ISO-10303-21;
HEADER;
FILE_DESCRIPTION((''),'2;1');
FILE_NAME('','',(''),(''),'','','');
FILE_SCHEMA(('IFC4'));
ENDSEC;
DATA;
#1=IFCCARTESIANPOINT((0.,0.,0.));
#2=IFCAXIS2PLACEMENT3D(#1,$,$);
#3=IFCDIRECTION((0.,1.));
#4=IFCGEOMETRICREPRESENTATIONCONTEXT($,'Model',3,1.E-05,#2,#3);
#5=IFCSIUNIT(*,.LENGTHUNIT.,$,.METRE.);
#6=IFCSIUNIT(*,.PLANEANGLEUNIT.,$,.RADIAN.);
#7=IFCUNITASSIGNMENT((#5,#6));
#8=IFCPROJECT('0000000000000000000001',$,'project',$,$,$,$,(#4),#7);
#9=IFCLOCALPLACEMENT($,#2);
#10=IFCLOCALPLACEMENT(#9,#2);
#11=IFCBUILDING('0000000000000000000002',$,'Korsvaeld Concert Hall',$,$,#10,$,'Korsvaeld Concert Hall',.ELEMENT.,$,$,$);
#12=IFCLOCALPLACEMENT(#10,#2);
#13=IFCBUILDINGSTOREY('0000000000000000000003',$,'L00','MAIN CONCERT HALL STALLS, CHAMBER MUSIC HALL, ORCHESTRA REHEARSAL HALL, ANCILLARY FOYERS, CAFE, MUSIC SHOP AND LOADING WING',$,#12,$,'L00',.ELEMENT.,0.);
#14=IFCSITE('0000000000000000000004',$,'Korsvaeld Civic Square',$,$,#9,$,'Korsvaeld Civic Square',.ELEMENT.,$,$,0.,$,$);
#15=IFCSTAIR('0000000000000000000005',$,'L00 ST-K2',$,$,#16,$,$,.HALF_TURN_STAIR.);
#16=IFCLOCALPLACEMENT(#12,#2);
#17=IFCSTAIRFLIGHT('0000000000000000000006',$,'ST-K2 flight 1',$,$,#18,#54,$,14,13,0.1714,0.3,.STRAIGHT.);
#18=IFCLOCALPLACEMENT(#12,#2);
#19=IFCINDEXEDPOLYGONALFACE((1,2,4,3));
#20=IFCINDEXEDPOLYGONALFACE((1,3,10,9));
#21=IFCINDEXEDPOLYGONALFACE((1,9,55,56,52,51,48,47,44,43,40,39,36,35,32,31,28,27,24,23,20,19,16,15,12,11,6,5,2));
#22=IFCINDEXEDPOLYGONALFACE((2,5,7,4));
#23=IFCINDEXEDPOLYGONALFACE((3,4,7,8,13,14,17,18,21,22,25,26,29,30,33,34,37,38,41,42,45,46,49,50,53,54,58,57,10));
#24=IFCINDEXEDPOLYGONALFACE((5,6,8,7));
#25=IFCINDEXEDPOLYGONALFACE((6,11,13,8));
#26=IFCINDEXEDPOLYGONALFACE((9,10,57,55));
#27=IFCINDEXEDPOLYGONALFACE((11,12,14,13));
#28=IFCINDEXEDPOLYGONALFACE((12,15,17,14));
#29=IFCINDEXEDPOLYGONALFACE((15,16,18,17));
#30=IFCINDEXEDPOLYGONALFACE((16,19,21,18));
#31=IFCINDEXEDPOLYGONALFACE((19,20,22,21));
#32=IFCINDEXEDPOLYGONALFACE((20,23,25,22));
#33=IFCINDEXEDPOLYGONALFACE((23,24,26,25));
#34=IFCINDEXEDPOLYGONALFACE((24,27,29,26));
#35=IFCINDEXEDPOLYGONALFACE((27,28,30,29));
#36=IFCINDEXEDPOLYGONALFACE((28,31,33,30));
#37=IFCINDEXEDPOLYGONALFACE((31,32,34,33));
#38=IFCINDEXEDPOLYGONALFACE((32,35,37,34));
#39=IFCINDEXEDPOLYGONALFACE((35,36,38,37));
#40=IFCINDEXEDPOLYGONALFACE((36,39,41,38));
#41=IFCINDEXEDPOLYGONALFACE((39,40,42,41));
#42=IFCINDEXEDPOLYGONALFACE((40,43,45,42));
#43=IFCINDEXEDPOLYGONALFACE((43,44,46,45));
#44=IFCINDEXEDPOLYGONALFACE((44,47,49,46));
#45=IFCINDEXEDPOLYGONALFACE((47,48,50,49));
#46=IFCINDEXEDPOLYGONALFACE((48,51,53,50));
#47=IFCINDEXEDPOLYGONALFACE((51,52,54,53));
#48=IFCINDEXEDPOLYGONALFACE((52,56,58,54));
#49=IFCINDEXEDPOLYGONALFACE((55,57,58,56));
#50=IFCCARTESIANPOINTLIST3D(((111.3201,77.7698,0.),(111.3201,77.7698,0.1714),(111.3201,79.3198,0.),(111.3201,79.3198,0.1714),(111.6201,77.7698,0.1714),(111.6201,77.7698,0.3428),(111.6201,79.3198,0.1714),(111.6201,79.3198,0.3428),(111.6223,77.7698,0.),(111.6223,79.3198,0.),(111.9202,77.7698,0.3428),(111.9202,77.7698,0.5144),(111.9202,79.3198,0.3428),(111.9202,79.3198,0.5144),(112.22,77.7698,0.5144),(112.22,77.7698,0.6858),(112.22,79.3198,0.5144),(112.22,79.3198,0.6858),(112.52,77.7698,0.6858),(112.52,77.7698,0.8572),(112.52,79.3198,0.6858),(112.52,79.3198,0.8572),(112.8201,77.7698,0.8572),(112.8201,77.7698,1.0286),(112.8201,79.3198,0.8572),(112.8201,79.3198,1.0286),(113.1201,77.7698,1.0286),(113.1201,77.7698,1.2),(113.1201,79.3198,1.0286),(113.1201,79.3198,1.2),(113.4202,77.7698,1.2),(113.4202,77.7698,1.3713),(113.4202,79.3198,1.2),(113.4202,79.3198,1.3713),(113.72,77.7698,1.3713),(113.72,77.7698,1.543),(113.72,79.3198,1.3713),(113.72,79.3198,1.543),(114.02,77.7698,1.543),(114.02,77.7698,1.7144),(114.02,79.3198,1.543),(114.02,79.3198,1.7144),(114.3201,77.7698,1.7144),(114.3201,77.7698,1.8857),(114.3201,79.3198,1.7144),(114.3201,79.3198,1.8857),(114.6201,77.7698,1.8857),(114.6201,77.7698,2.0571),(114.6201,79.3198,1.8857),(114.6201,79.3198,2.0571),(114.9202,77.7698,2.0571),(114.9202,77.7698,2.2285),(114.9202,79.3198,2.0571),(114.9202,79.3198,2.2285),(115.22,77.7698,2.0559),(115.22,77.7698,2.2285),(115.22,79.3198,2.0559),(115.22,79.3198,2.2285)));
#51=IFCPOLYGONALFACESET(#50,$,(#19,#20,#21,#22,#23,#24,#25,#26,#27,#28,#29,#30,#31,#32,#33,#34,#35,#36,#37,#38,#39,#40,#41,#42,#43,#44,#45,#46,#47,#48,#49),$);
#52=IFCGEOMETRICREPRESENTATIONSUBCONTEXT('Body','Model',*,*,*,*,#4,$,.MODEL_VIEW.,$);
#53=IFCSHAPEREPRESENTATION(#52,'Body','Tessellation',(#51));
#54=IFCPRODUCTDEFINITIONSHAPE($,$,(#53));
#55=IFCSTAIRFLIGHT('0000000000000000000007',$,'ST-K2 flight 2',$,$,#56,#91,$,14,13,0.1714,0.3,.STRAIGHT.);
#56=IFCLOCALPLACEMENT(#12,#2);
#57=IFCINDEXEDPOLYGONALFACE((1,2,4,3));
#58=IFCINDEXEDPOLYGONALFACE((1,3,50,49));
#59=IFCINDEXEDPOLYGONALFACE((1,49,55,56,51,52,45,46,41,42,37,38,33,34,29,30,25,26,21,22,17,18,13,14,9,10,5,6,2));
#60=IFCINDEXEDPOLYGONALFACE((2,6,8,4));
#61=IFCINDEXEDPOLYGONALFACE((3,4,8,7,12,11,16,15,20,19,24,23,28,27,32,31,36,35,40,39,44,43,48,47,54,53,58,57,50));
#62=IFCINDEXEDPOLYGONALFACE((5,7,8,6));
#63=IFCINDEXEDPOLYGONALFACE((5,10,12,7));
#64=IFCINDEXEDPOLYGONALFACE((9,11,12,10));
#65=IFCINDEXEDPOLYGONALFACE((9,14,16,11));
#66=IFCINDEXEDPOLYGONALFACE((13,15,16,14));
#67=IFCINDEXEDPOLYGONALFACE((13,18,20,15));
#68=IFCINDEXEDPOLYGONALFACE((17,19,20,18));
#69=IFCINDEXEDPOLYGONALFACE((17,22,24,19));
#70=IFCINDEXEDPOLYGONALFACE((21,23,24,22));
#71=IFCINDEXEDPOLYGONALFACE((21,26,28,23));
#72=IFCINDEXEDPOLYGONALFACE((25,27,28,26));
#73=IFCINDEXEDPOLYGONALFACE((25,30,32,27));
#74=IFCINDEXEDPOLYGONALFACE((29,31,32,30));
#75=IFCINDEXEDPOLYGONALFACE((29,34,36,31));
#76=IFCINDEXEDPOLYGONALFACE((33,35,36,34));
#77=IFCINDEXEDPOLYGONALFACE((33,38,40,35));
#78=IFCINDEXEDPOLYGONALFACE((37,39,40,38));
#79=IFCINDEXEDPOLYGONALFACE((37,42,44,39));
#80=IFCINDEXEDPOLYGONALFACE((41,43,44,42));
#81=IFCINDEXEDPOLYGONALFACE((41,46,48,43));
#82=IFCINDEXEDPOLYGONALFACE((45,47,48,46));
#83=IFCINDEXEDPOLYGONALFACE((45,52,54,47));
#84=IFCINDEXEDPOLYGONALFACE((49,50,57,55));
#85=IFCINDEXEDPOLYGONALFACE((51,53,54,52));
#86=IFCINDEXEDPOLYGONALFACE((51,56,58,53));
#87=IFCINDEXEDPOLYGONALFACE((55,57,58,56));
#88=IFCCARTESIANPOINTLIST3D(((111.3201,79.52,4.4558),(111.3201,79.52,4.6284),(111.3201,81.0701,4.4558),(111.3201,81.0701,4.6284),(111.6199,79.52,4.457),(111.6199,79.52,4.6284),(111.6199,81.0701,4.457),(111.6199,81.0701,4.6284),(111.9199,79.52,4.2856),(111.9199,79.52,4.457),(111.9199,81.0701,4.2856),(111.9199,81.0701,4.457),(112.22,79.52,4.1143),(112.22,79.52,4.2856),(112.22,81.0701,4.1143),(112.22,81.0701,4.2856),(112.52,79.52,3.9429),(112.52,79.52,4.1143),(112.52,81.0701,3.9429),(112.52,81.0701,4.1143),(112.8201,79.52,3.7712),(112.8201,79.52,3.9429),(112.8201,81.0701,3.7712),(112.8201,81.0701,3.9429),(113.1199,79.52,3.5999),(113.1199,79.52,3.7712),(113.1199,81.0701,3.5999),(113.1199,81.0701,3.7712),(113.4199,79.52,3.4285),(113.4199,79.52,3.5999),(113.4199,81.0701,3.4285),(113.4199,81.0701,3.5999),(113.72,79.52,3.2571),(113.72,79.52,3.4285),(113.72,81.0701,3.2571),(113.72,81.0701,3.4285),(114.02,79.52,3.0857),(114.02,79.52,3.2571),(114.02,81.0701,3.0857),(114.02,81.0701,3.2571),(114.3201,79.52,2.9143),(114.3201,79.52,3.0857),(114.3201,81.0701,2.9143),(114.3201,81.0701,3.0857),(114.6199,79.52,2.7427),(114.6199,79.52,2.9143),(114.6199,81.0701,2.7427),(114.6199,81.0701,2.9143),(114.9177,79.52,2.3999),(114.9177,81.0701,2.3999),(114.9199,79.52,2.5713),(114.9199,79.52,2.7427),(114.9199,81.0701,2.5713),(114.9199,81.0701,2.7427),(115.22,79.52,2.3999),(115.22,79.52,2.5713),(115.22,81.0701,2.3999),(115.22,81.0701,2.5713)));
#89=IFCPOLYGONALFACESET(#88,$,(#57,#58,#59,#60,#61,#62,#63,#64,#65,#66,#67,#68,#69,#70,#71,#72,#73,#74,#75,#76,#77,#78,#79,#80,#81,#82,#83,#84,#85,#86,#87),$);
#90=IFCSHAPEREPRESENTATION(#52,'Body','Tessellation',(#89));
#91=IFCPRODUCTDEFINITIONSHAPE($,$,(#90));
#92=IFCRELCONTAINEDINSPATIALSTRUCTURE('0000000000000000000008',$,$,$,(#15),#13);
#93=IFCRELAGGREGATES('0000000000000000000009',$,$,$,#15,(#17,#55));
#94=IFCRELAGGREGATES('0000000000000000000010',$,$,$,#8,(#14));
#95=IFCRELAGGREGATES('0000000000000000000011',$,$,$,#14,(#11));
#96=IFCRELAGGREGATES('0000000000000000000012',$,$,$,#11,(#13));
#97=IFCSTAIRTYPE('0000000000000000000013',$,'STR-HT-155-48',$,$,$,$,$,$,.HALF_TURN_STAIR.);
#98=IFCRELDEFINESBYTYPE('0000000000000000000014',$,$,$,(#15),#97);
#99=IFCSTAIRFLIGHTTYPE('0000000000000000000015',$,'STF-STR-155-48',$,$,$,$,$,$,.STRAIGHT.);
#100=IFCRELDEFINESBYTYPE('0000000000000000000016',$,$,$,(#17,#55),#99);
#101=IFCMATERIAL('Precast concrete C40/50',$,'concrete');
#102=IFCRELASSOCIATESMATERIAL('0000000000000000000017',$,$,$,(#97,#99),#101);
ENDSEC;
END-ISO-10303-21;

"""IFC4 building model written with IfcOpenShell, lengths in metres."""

from ifc_helpers import new_model, si_unit, direction, frame, origin, place, context, subcontext, project, spatial, polyline, outline, extrude, material, type_object, element, aggregate, save


model = new_model("IFC4")

# Units and contexts
model_context = context("Model", 3, precision=1e-05, world=origin(), true_north=direction((0.0, 1.0)))
body_context = subcontext(model_context, "Body", "Model", "MODEL_VIEW")
ifc_project = project(units=[si_unit("LENGTHUNIT", "METRE"), si_unit("PLANEANGLEUNIT", "RADIAN")], contexts=[model_context])

# Site, building, storey
site_placement = place(None, origin())
site = spatial("IfcSite", under=ifc_project, at=site_placement, Name="Korsvaeld Civic Square", LongName="Korsvaeld Civic Square", CompositionType="ELEMENT", RefElevation=0.0)
building_placement = place(site_placement, origin())
building = spatial("IfcBuilding", under=site, at=building_placement, Name="Korsvaeld Concert Hall", LongName="Korsvaeld Concert Hall", CompositionType="ELEMENT")
storey_placement = place(building_placement, origin())
storey = spatial("IfcBuildingStorey", under=building, at=storey_placement, Name="L00", Description="MAIN CONCERT HALL STALLS, CHAMBER MUSIC HALL, ORCHESTRA REHEARSAL HALL, ANCILLARY FOYERS, CAFE, MUSIC SHOP AND LOADING WING", LongName="L00", CompositionType="ELEMENT", Elevation=0.0)

# Stair, stair flights
ifc_material_1 = material(Name="Precast concrete C40/50", Category="concrete")
stair_type = type_object("IfcStairType", Name="STR-HT-155-48", PredefinedType="HALF_TURN_STAIR", material=ifc_material_1)
stair_placement = place(storey_placement, origin())
stair = element("IfcStair", 1, at=stair_placement, inside=storey, type_object=stair_type, Name="L00 ST-K2", PredefinedType="HALF_TURN_STAIR")
stair_flight_type = type_object("IfcStairFlightType", Name="STF-STR-155-48", PredefinedType="STRAIGHT", material=ifc_material_1)
stair_flight_1_placement = place(storey_placement, frame((111.3201, 78.5449, 0.0), z_axis=(0.0, 0.0, 1.0), x_axis=(1.0, 0.0, 0.0)))
stair_flight_1 = element("IfcStairFlight", 2, at=stair_flight_1_placement, type_object=stair_flight_type, Name="ST-K2 flight 1", NumberOfRisers=14, NumberOfTreads=13, PredefinedType="STRAIGHT", RiserHeight=0.1714, TreadLength=0.3, context=body_context, shape_type="SweptSolid", body=[
    extrude(outline(polyline([(0.0, 0.0), (0.0, 0.1714), (0.3, 0.1714), (0.3, 0.3428), (0.6001, 0.3428), (0.6001, 0.5144), (0.8999, 0.5144), (0.8999, 0.6858), (1.2, 0.6858), (1.2, 0.8572), (1.5, 0.8572), (1.5, 1.0286), (1.8, 1.0286), (1.8, 1.2), (2.1001, 1.2), (2.1001, 1.3713), (2.3999, 1.3713), (2.3999, 1.543), (2.7, 1.543), (2.7, 1.7144), (3.0, 1.7144), (3.0, 1.8857), (3.3, 1.8857), (3.3, 2.0571), (3.6001, 2.0571), (3.6001, 2.2285), (3.8999, 2.2285), (3.8999, 2.3999), (3.8999, 2.0559), (0.3022, 0.0), (0.0, 0.0)])), frame((0.0, 0.7749, 0.0), z_axis=(0.0, -1.0, 0.0), x_axis=(1.0, 0.0, 0.0)), (0.0, 0.0, 1.0), 1.55),
])
stair_flight_2_placement = place(storey_placement, frame((115.22, 80.2949, 2.3999), z_axis=(0.0, 0.0, 1.0), x_axis=(-1.0, 0.0, 0.0)))
stair_flight_2 = element("IfcStairFlight", 3, at=stair_flight_2_placement, type_object=stair_flight_type, Name="ST-K2 flight 2", NumberOfRisers=14, NumberOfTreads=13, PredefinedType="STRAIGHT", RiserHeight=0.1714, TreadLength=0.3, context=body_context, shape_type="SweptSolid", body=[
    extrude(outline(polyline([(0.0, 0.0), (0.0, 0.1714), (0.3, 0.1714), (0.3, 0.3428), (0.6001, 0.3428), (0.6001, 0.5144), (0.8999, 0.5144), (0.8999, 0.6858), (1.2, 0.6858), (1.2, 0.8572), (1.5, 0.8572), (1.5, 1.0286), (1.8, 1.0286), (1.8, 1.2), (2.1001, 1.2), (2.1001, 1.3713), (2.3999, 1.3713), (2.3999, 1.543), (2.7, 1.543), (2.7, 1.7144), (3.0, 1.7144), (3.0, 1.8857), (3.3, 1.8857), (3.3, 2.0571), (3.6001, 2.0571), (3.6001, 2.2285), (3.8999, 2.2285), (3.8999, 2.3999), (3.8999, 2.0559), (0.3022, 0.0), (0.0, 0.0)])), frame((0.0, 0.7749, 0.0), z_axis=(0.0, -1.0, 0.0), x_axis=(1.0, 0.0, 0.0)), (0.0, 0.0, 1.0), 1.55),
])
aggregate(stair, [stair_flight_1, stair_flight_2])

save(model, "model.ifc")
